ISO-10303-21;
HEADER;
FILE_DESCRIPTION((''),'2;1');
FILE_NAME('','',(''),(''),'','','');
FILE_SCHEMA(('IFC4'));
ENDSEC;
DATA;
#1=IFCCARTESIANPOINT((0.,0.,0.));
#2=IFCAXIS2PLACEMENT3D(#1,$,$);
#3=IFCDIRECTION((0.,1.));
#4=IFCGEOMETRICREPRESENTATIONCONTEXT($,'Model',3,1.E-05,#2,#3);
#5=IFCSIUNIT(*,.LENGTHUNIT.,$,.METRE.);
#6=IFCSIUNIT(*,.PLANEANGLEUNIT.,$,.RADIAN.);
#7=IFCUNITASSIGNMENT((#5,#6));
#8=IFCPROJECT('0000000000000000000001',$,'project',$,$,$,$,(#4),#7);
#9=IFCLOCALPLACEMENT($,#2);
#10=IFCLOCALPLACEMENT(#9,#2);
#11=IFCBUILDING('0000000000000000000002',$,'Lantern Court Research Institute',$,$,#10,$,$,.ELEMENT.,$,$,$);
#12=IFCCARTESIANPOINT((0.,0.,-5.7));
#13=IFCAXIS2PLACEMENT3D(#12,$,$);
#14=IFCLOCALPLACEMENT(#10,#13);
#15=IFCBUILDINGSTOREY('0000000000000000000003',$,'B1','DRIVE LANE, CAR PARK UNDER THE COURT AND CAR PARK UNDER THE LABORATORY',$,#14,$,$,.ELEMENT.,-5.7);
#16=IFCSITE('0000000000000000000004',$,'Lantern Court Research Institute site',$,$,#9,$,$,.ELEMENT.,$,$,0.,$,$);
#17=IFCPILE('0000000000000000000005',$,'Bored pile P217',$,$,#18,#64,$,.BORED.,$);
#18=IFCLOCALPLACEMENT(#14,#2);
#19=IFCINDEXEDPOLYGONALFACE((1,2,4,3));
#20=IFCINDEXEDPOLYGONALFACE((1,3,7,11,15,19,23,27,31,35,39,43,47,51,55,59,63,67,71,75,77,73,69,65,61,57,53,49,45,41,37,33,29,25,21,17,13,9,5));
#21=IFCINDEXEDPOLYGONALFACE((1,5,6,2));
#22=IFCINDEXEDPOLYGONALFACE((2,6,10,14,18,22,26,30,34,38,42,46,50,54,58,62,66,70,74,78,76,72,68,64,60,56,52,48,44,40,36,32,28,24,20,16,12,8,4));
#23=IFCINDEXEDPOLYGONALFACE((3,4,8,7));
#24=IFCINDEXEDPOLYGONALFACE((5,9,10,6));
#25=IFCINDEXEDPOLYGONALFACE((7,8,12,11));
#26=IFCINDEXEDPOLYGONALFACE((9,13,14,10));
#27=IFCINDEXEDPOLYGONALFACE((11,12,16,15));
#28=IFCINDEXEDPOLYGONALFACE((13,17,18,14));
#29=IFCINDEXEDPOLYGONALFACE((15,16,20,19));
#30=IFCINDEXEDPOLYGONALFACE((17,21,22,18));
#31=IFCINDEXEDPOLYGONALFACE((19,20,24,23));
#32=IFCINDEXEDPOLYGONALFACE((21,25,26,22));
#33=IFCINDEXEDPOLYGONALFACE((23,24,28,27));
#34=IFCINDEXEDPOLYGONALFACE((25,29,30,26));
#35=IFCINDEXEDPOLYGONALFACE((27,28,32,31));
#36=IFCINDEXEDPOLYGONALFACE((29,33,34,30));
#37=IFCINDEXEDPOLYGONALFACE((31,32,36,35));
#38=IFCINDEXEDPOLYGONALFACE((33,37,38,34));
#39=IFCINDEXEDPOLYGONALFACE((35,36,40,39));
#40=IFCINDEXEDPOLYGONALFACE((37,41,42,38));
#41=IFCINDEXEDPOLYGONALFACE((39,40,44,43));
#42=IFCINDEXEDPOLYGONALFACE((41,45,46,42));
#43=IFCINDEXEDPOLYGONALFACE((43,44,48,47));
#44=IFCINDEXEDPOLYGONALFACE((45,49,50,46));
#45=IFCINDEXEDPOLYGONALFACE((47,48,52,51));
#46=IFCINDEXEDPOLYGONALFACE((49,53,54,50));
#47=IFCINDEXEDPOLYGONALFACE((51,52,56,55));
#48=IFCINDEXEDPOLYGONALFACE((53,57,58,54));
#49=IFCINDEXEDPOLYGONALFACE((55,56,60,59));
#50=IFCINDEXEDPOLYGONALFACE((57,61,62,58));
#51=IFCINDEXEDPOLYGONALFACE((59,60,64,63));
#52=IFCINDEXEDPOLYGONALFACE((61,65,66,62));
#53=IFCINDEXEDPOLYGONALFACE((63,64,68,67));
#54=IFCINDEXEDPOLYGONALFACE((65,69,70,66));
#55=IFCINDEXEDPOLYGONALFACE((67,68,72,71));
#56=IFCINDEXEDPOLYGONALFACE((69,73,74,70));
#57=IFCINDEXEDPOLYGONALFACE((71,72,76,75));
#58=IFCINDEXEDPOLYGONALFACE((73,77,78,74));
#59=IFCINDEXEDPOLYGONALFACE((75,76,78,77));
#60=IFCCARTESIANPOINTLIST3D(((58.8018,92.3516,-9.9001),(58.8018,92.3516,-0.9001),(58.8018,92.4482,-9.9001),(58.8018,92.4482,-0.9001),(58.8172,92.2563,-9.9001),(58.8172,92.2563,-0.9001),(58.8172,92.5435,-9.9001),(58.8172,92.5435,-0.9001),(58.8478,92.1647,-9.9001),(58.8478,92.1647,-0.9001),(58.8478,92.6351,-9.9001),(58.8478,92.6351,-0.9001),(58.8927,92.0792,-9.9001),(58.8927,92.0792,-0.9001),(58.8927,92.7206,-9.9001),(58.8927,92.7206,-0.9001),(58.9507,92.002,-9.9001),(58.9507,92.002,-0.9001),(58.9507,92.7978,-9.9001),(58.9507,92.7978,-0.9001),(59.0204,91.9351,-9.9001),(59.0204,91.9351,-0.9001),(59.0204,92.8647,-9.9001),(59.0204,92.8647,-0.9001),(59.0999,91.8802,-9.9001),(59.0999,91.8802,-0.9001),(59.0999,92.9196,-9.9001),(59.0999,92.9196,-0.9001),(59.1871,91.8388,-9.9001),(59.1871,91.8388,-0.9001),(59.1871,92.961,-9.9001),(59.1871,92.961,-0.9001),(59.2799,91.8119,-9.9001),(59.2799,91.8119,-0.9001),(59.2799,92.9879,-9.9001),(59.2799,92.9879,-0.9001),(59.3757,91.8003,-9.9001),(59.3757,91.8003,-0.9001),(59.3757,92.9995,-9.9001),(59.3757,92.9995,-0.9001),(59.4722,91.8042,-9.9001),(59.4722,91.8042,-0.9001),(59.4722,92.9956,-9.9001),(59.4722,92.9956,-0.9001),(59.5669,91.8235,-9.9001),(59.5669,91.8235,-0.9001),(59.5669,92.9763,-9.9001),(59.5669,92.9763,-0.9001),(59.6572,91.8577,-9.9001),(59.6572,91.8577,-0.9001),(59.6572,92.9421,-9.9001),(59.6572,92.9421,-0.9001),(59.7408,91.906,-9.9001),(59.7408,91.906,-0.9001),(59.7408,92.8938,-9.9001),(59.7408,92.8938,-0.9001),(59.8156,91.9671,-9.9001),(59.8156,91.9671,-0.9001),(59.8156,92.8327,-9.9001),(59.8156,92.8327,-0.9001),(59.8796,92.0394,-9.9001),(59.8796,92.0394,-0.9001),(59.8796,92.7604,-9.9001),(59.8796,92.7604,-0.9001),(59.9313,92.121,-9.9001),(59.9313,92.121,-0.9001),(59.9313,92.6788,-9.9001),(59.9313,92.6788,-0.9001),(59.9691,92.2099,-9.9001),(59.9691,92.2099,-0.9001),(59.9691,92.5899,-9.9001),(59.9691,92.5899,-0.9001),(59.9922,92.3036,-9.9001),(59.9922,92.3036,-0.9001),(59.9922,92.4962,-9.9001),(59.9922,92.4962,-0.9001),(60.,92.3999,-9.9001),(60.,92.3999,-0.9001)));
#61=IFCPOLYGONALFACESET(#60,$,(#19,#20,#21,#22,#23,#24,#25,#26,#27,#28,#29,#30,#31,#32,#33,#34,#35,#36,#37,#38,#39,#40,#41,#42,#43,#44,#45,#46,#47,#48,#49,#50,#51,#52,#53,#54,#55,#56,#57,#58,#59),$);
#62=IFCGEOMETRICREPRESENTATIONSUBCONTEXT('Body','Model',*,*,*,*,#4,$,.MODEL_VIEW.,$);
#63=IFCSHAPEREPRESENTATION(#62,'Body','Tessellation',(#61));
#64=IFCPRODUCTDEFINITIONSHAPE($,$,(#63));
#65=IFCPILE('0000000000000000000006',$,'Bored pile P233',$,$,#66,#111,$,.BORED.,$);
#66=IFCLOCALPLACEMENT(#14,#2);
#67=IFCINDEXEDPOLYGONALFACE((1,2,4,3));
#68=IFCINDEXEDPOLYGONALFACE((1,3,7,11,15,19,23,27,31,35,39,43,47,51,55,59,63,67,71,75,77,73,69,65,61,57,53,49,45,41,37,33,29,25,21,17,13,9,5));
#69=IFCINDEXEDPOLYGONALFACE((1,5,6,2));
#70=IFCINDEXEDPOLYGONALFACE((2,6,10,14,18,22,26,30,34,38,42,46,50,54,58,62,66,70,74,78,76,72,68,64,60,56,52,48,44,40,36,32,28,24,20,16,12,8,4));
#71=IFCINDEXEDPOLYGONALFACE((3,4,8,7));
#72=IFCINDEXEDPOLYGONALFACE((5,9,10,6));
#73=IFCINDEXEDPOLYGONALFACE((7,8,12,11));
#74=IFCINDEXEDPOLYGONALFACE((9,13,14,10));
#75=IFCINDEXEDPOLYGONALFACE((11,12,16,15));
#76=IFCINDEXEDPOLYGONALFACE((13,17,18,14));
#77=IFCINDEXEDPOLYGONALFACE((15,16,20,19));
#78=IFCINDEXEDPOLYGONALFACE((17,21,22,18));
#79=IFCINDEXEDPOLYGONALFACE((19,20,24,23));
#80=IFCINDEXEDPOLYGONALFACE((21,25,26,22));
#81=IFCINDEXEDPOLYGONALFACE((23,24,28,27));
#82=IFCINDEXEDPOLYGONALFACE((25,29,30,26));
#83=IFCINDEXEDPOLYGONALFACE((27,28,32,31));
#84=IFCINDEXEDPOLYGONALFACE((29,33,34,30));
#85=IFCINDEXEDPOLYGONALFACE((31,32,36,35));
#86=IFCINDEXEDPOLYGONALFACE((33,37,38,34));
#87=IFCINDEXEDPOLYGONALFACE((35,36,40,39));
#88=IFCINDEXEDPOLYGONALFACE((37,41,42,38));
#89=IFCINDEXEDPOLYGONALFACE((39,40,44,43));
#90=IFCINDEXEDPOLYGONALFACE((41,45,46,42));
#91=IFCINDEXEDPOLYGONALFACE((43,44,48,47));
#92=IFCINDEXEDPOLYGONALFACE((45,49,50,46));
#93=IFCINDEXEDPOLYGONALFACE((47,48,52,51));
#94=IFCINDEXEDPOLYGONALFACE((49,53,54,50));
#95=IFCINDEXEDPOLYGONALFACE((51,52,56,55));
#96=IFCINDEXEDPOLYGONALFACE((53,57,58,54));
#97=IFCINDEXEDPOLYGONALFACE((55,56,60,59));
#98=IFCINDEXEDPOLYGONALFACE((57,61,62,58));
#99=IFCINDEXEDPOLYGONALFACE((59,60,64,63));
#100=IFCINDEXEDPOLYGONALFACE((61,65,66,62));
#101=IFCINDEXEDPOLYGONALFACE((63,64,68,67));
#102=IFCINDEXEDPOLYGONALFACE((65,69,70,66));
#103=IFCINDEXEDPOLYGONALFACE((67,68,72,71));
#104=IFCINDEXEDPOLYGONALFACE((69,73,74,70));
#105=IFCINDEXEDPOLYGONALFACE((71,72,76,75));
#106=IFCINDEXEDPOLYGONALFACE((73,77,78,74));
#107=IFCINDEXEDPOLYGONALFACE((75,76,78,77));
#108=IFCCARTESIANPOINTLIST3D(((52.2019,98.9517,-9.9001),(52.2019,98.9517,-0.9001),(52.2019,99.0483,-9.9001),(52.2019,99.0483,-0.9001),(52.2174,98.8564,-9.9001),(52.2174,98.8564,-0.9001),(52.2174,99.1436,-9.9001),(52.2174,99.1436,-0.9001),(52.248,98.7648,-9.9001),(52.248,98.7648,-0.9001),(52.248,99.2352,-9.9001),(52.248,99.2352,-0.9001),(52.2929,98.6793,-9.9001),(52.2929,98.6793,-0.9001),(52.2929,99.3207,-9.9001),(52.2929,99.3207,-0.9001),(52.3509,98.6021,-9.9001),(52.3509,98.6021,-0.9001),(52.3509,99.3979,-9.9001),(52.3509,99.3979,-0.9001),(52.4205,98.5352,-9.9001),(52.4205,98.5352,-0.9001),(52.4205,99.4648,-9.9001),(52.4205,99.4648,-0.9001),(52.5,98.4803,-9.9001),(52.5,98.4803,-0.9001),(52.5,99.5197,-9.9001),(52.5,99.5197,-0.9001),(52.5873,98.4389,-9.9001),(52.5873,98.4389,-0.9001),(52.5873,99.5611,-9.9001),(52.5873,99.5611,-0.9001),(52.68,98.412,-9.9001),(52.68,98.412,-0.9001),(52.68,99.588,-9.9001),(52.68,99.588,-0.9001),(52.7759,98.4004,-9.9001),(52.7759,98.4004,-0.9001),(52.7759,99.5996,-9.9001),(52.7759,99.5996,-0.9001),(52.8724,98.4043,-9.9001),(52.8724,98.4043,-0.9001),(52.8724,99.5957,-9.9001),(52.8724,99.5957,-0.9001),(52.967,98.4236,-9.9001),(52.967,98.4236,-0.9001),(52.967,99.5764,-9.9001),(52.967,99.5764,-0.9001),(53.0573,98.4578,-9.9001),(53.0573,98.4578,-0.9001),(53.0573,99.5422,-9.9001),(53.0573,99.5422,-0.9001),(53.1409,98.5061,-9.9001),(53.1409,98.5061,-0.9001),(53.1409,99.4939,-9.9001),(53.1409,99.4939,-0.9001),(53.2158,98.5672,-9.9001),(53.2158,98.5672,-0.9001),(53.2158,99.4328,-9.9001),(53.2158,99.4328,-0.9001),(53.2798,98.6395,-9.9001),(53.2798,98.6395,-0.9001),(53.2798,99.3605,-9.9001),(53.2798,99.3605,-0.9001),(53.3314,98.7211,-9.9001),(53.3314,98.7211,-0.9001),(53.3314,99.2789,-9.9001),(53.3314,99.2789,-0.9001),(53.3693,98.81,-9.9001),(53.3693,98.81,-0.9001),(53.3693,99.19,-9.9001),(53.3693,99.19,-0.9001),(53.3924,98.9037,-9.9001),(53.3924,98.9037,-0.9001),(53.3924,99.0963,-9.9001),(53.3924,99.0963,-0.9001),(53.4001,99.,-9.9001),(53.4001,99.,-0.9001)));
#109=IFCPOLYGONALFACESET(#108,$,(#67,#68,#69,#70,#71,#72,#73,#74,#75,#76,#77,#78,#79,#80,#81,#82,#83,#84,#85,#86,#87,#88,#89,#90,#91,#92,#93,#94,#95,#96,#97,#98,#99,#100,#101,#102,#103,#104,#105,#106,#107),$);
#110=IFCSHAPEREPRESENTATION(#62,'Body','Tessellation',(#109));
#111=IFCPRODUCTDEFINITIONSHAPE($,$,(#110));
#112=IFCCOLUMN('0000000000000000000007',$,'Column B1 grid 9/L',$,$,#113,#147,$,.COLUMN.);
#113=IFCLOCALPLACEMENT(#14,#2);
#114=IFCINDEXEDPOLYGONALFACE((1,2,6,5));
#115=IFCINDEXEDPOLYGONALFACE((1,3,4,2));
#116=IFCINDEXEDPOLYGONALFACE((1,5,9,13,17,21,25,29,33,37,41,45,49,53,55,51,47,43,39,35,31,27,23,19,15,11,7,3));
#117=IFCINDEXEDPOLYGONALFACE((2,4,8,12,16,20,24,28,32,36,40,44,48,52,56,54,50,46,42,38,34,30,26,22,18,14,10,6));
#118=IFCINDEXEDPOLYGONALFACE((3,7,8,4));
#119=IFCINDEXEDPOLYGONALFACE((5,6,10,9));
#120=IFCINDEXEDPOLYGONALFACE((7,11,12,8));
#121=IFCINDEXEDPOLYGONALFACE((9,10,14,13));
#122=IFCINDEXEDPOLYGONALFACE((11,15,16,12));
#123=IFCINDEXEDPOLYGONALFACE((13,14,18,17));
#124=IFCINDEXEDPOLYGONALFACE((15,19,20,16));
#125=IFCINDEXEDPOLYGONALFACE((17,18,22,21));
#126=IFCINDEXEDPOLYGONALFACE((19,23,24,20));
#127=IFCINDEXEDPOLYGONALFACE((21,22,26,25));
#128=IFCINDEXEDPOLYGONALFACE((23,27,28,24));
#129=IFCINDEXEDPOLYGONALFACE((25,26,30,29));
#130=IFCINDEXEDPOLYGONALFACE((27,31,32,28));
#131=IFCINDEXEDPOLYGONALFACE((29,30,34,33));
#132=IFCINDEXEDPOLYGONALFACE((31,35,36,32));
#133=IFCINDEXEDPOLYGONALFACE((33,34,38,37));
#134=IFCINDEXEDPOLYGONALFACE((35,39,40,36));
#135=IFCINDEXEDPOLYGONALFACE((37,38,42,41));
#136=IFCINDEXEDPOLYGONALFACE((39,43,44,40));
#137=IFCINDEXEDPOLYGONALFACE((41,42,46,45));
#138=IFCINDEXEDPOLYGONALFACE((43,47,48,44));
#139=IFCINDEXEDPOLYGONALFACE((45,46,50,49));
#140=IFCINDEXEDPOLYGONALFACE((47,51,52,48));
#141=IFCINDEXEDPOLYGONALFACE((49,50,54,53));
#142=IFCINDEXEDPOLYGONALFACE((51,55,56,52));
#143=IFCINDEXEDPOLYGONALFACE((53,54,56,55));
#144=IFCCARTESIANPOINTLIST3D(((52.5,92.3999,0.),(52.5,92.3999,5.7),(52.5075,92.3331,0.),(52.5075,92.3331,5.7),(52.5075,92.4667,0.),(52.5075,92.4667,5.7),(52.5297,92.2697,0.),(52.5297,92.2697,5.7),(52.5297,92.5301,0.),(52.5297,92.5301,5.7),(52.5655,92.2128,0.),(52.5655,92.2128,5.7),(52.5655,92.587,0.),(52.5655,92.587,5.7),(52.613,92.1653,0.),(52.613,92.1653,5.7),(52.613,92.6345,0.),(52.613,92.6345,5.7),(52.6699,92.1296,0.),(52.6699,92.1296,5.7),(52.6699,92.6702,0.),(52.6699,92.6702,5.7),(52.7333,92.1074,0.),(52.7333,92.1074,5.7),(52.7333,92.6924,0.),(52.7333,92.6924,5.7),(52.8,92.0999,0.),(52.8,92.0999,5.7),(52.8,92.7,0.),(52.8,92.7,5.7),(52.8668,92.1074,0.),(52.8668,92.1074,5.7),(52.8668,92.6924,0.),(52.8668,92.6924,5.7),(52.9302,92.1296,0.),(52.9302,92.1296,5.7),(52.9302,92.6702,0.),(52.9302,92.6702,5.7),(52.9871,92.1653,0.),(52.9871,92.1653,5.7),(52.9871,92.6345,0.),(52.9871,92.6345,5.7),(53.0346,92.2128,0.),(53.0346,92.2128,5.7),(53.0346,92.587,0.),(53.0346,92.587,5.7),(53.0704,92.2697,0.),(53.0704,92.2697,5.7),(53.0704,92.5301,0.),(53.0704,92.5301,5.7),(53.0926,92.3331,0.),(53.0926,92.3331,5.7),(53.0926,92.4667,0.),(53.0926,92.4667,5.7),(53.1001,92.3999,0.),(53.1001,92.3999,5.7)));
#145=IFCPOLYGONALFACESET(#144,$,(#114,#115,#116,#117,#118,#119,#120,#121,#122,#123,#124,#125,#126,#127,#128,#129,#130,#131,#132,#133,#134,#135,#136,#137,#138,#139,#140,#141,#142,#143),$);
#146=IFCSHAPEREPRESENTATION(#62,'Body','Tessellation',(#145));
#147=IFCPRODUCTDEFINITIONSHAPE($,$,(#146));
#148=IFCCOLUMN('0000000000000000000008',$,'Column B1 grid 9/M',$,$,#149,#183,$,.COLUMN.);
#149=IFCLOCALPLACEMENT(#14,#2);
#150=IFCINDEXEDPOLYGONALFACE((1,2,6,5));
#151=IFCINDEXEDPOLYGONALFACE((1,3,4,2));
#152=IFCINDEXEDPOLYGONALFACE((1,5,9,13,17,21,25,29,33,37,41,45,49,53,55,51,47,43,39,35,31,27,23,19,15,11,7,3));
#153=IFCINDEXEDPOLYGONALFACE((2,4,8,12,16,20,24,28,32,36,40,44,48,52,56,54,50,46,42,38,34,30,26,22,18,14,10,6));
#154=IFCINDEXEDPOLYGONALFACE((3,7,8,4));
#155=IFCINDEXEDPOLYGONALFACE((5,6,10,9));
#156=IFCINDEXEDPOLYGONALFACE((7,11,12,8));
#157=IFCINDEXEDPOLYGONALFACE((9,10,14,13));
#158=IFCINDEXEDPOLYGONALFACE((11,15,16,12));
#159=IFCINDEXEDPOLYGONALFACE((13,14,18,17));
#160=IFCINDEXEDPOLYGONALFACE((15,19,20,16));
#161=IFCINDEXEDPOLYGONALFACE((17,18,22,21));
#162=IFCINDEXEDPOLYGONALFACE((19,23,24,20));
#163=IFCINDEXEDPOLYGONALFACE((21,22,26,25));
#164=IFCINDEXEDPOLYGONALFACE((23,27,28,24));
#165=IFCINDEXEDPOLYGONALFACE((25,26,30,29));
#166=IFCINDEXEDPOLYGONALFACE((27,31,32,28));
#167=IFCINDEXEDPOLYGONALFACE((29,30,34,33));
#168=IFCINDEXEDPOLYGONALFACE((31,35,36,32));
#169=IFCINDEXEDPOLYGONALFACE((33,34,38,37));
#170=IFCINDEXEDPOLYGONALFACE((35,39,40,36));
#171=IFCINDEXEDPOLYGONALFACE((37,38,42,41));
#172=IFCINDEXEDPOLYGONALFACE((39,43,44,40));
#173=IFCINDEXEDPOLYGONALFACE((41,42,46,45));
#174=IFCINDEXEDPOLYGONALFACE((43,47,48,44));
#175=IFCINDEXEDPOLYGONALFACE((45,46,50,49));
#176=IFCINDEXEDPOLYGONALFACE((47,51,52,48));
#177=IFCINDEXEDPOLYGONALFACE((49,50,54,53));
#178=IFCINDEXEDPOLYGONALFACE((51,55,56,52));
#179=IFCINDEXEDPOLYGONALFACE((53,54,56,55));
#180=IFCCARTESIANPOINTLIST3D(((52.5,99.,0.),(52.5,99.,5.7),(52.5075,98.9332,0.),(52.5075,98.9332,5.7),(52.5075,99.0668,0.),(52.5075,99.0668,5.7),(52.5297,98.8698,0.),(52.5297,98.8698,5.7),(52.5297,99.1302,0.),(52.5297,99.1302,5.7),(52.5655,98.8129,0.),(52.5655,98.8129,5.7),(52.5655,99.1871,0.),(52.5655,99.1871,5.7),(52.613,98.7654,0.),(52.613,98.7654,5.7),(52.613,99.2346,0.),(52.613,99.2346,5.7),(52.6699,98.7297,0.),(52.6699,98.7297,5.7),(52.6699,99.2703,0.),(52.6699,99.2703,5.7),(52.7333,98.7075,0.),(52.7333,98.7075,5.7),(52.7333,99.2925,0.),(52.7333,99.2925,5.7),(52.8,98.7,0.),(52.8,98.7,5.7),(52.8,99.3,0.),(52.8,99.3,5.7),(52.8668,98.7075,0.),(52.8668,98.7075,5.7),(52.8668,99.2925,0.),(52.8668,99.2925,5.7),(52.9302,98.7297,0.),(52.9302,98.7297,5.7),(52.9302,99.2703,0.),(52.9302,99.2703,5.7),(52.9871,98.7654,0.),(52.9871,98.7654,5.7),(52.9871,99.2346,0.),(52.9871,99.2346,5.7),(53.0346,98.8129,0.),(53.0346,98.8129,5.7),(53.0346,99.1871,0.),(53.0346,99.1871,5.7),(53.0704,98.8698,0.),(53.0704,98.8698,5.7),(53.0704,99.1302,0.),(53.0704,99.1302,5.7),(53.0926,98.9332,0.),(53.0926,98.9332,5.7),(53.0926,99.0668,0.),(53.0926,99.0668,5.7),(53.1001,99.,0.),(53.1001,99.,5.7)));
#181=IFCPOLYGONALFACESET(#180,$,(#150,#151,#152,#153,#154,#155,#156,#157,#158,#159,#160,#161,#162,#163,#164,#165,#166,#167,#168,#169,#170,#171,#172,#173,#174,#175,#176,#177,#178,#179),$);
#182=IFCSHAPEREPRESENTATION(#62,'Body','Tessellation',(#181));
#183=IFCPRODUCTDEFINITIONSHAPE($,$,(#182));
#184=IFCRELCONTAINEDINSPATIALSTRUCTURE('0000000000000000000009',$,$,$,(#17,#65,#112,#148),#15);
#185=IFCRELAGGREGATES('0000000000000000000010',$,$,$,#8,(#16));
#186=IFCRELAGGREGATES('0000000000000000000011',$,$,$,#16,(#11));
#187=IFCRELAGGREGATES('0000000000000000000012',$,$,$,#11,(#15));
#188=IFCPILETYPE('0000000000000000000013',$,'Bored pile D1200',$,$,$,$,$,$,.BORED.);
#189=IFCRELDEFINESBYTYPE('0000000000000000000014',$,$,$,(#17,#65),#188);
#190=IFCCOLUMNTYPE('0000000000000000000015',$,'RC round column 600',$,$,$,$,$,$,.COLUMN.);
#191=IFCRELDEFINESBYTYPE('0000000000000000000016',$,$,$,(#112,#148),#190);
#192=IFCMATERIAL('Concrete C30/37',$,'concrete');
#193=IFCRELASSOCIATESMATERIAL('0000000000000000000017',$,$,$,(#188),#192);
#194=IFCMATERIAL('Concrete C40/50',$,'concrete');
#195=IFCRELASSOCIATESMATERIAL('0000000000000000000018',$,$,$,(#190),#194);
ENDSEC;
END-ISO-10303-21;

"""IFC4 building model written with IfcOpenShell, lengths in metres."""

from ifc_helpers import new_model, si_unit, direction, frame, origin, origin_2d, place, context, subcontext, project, spatial, circle, extrude, material, material_profile, profile_set, type_object, element, save


model = new_model("IFC4")

# Units and contexts
model_context = context("Model", 3, precision=1e-05, world=origin(), true_north=direction((0.0, 1.0)))
body_context = subcontext(model_context, "Body", "Model", "MODEL_VIEW")
ifc_project = project(units=[si_unit("LENGTHUNIT", "METRE"), si_unit("PLANEANGLEUNIT", "RADIAN")], contexts=[model_context])

# Site, building, storey
site_placement = place(None, origin())
site = spatial("IfcSite", under=ifc_project, at=site_placement, Name="Lantern Court Research Institute site", CompositionType="ELEMENT", RefElevation=0.0)
building_placement = place(site_placement, origin())
building = spatial("IfcBuilding", under=site, at=building_placement, Name="Lantern Court Research Institute", CompositionType="ELEMENT")
storey_placement = place(building_placement, frame((0.0, 0.0, -5.7)))
storey = spatial("IfcBuildingStorey", under=building, at=storey_placement, Name="B1", Description="DRIVE LANE, CAR PARK UNDER THE COURT AND CAR PARK UNDER THE LABORATORY", CompositionType="ELEMENT", Elevation=-5.7)

# Piles
ifc_material_1 = material(Name="Concrete C30/37", Category="concrete")
ifc_material_profile_1 = material_profile(ifc_material_1, circle(Radius=0.6001, at=origin_2d()), Name="Bored pile D1200")
ifc_profile_set_1 = profile_set([ifc_material_profile_1], Name="Concrete C30/37")
pile_type_1 = type_object("IfcPileType", Name="Bored pile D1200", PredefinedType="BORED", material=ifc_profile_set_1)
for number, where, z_axis, x_axis, name in (
    (1, (59.3999, 92.3999, -0.9001), (0.0, 0.0, -1.0), (1.0, 0.0, 0.0), "Bored pile P217"),
    (2, (52.8, 99.0, -0.9001), (0.0, 0.0, -1.0), (1.0, 0.0, 0.0), "Bored pile P233"),
):
    element("IfcPile", number, at=place(storey_placement, frame(where, z_axis=z_axis, x_axis=x_axis)), inside=storey, type_object=pile_type_1, Name=name, PredefinedType="BORED", context=body_context, shape_type="SweptSolid", body=[
        extrude(circle(Radius=0.6001, at=origin_2d()), origin(), (0.0, 0.0, 1.0), 9.0),
    ])

# Columns
ifc_material_2 = material(Name="Concrete C40/50", Category="concrete")
ifc_material_profile_2 = material_profile(ifc_material_2, circle(Radius=0.3, at=origin_2d()), Name="RC round column 600")
ifc_profile_set_2 = profile_set([ifc_material_profile_2], Name="Concrete C40/50")
column_type = type_object("IfcColumnType", Name="RC round column 600", PredefinedType="COLUMN", material=ifc_profile_set_2)
for number, where, z_axis, x_axis, name in (
    (3, (52.8, 92.3999, 0.0), (0.0, 0.0, 1.0), (1.0, 0.0, 0.0), "Column B1 grid 9/L"),
    (4, (52.8, 99.0, 0.0), (0.0, 0.0, 1.0), (1.0, 0.0, 0.0), "Column B1 grid 9/M"),
):
    element("IfcColumn", number, at=place(storey_placement, frame(where, z_axis=z_axis, x_axis=x_axis)), inside=storey, type_object=column_type, Name=name, PredefinedType="COLUMN", context=body_context, shape_type="SweptSolid", body=[
        extrude(circle(Radius=0.3, at=origin_2d()), origin(), (0.0, 0.0, 1.0), 5.7),
    ])

save(model, "model.ifc")
